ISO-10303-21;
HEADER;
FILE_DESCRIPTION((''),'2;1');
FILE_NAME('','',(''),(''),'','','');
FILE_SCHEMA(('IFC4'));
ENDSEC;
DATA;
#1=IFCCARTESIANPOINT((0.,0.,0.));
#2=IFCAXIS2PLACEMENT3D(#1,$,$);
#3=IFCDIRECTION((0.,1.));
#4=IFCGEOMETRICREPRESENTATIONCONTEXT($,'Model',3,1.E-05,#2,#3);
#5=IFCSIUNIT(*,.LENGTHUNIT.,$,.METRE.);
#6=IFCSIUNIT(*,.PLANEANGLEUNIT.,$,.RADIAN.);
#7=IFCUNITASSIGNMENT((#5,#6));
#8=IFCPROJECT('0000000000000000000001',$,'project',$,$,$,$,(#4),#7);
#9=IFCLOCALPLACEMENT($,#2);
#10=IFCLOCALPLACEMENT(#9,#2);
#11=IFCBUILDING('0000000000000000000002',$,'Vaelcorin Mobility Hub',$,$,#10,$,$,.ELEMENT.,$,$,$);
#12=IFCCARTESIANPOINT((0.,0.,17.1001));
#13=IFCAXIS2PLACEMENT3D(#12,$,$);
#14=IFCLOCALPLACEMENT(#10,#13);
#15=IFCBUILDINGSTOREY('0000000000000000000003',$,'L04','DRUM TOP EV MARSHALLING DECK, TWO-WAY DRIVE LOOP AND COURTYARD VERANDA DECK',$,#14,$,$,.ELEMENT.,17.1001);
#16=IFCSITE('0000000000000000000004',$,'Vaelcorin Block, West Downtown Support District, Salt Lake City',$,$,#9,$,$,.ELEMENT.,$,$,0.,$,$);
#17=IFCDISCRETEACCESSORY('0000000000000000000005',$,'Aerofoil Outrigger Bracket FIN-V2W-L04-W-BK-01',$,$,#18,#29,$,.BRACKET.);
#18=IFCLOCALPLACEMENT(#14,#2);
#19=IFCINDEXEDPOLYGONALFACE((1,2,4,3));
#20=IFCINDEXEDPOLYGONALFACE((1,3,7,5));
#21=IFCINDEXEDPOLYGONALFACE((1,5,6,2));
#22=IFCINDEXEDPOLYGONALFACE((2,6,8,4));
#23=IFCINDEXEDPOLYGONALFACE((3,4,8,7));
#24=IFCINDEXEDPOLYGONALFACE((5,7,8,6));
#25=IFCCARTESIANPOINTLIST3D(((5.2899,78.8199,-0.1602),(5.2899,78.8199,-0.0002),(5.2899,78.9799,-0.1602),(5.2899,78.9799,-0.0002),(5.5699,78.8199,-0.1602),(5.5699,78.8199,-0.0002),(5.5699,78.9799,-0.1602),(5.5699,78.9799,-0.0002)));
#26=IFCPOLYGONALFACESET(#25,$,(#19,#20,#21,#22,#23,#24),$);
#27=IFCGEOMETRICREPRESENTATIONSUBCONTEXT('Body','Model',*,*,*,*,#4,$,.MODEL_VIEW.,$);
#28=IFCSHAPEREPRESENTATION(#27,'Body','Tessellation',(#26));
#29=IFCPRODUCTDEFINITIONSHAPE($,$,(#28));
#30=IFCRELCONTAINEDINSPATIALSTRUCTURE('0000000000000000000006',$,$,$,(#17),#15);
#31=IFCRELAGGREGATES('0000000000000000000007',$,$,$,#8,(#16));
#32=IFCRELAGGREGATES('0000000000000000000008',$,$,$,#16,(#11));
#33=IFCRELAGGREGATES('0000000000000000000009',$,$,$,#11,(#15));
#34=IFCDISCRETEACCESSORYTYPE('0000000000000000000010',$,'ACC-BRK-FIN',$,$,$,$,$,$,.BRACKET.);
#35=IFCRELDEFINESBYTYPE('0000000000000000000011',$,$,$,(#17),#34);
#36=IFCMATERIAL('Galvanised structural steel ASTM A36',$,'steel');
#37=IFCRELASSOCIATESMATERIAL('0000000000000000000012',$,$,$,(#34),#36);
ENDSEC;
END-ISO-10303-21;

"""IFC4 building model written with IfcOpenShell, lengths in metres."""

from ifc_helpers import new_model, si_unit, direction, frame, origin, origin_2d, place, context, subcontext, project, spatial, rectangle, extrude, material, type_object, element, save


model = new_model("IFC4")

# Units and contexts
model_context = context("Model", 3, precision=1e-05, world=origin(), true_north=direction((0.0, 1.0)))
body_context = subcontext(model_context, "Body", "Model", "MODEL_VIEW")
ifc_project = project(units=[si_unit("LENGTHUNIT", "METRE"), si_unit("PLANEANGLEUNIT", "RADIAN")], contexts=[model_context])

# Site, building, storey
site_placement = place(None, origin())
site = spatial("IfcSite", under=ifc_project, at=site_placement, Name="Vaelcorin Block, West Downtown Support District, Salt Lake City", CompositionType="ELEMENT", RefElevation=0.0)
building_placement = place(site_placement, origin())
building = spatial("IfcBuilding", under=site, at=building_placement, Name="Vaelcorin Mobility Hub", CompositionType="ELEMENT")
storey_placement = place(building_placement, frame((0.0, 0.0, 17.1001)))
storey = spatial("IfcBuildingStorey", under=building, at=storey_placement, Name="L04", Description="DRUM TOP EV MARSHALLING DECK, TWO-WAY DRIVE LOOP AND COURTYARD VERANDA DECK", CompositionType="ELEMENT", Elevation=17.1001)

# Shared definitions
ifc_material_1 = material(Name="Galvanised structural steel ASTM A36", Category="steel")

# Discrete accessory
discrete_accessory_type = type_object("IfcDiscreteAccessoryType", Name="ACC-BRK-FIN", PredefinedType="BRACKET", material=ifc_material_1)
discrete_accessory_placement = place(storey_placement, frame((5.4299, 78.8999, -0.1602), z_axis=(0.0, 0.0, 1.0), x_axis=(-1.0, 0.0, 0.0)))
element("IfcDiscreteAccessory", 1, at=discrete_accessory_placement, inside=storey, type_object=discrete_accessory_type, Name="Aerofoil Outrigger Bracket FIN-V2W-L04-W-BK-01", PredefinedType="BRACKET", context=body_context, shape_type="SweptSolid", body=[
    extrude(rectangle(XDim=0.28, YDim=0.1599, at=origin_2d()), origin(), (0.0, 0.0, 1.0), 0.1599),
])

save(model, "model.ifc")
